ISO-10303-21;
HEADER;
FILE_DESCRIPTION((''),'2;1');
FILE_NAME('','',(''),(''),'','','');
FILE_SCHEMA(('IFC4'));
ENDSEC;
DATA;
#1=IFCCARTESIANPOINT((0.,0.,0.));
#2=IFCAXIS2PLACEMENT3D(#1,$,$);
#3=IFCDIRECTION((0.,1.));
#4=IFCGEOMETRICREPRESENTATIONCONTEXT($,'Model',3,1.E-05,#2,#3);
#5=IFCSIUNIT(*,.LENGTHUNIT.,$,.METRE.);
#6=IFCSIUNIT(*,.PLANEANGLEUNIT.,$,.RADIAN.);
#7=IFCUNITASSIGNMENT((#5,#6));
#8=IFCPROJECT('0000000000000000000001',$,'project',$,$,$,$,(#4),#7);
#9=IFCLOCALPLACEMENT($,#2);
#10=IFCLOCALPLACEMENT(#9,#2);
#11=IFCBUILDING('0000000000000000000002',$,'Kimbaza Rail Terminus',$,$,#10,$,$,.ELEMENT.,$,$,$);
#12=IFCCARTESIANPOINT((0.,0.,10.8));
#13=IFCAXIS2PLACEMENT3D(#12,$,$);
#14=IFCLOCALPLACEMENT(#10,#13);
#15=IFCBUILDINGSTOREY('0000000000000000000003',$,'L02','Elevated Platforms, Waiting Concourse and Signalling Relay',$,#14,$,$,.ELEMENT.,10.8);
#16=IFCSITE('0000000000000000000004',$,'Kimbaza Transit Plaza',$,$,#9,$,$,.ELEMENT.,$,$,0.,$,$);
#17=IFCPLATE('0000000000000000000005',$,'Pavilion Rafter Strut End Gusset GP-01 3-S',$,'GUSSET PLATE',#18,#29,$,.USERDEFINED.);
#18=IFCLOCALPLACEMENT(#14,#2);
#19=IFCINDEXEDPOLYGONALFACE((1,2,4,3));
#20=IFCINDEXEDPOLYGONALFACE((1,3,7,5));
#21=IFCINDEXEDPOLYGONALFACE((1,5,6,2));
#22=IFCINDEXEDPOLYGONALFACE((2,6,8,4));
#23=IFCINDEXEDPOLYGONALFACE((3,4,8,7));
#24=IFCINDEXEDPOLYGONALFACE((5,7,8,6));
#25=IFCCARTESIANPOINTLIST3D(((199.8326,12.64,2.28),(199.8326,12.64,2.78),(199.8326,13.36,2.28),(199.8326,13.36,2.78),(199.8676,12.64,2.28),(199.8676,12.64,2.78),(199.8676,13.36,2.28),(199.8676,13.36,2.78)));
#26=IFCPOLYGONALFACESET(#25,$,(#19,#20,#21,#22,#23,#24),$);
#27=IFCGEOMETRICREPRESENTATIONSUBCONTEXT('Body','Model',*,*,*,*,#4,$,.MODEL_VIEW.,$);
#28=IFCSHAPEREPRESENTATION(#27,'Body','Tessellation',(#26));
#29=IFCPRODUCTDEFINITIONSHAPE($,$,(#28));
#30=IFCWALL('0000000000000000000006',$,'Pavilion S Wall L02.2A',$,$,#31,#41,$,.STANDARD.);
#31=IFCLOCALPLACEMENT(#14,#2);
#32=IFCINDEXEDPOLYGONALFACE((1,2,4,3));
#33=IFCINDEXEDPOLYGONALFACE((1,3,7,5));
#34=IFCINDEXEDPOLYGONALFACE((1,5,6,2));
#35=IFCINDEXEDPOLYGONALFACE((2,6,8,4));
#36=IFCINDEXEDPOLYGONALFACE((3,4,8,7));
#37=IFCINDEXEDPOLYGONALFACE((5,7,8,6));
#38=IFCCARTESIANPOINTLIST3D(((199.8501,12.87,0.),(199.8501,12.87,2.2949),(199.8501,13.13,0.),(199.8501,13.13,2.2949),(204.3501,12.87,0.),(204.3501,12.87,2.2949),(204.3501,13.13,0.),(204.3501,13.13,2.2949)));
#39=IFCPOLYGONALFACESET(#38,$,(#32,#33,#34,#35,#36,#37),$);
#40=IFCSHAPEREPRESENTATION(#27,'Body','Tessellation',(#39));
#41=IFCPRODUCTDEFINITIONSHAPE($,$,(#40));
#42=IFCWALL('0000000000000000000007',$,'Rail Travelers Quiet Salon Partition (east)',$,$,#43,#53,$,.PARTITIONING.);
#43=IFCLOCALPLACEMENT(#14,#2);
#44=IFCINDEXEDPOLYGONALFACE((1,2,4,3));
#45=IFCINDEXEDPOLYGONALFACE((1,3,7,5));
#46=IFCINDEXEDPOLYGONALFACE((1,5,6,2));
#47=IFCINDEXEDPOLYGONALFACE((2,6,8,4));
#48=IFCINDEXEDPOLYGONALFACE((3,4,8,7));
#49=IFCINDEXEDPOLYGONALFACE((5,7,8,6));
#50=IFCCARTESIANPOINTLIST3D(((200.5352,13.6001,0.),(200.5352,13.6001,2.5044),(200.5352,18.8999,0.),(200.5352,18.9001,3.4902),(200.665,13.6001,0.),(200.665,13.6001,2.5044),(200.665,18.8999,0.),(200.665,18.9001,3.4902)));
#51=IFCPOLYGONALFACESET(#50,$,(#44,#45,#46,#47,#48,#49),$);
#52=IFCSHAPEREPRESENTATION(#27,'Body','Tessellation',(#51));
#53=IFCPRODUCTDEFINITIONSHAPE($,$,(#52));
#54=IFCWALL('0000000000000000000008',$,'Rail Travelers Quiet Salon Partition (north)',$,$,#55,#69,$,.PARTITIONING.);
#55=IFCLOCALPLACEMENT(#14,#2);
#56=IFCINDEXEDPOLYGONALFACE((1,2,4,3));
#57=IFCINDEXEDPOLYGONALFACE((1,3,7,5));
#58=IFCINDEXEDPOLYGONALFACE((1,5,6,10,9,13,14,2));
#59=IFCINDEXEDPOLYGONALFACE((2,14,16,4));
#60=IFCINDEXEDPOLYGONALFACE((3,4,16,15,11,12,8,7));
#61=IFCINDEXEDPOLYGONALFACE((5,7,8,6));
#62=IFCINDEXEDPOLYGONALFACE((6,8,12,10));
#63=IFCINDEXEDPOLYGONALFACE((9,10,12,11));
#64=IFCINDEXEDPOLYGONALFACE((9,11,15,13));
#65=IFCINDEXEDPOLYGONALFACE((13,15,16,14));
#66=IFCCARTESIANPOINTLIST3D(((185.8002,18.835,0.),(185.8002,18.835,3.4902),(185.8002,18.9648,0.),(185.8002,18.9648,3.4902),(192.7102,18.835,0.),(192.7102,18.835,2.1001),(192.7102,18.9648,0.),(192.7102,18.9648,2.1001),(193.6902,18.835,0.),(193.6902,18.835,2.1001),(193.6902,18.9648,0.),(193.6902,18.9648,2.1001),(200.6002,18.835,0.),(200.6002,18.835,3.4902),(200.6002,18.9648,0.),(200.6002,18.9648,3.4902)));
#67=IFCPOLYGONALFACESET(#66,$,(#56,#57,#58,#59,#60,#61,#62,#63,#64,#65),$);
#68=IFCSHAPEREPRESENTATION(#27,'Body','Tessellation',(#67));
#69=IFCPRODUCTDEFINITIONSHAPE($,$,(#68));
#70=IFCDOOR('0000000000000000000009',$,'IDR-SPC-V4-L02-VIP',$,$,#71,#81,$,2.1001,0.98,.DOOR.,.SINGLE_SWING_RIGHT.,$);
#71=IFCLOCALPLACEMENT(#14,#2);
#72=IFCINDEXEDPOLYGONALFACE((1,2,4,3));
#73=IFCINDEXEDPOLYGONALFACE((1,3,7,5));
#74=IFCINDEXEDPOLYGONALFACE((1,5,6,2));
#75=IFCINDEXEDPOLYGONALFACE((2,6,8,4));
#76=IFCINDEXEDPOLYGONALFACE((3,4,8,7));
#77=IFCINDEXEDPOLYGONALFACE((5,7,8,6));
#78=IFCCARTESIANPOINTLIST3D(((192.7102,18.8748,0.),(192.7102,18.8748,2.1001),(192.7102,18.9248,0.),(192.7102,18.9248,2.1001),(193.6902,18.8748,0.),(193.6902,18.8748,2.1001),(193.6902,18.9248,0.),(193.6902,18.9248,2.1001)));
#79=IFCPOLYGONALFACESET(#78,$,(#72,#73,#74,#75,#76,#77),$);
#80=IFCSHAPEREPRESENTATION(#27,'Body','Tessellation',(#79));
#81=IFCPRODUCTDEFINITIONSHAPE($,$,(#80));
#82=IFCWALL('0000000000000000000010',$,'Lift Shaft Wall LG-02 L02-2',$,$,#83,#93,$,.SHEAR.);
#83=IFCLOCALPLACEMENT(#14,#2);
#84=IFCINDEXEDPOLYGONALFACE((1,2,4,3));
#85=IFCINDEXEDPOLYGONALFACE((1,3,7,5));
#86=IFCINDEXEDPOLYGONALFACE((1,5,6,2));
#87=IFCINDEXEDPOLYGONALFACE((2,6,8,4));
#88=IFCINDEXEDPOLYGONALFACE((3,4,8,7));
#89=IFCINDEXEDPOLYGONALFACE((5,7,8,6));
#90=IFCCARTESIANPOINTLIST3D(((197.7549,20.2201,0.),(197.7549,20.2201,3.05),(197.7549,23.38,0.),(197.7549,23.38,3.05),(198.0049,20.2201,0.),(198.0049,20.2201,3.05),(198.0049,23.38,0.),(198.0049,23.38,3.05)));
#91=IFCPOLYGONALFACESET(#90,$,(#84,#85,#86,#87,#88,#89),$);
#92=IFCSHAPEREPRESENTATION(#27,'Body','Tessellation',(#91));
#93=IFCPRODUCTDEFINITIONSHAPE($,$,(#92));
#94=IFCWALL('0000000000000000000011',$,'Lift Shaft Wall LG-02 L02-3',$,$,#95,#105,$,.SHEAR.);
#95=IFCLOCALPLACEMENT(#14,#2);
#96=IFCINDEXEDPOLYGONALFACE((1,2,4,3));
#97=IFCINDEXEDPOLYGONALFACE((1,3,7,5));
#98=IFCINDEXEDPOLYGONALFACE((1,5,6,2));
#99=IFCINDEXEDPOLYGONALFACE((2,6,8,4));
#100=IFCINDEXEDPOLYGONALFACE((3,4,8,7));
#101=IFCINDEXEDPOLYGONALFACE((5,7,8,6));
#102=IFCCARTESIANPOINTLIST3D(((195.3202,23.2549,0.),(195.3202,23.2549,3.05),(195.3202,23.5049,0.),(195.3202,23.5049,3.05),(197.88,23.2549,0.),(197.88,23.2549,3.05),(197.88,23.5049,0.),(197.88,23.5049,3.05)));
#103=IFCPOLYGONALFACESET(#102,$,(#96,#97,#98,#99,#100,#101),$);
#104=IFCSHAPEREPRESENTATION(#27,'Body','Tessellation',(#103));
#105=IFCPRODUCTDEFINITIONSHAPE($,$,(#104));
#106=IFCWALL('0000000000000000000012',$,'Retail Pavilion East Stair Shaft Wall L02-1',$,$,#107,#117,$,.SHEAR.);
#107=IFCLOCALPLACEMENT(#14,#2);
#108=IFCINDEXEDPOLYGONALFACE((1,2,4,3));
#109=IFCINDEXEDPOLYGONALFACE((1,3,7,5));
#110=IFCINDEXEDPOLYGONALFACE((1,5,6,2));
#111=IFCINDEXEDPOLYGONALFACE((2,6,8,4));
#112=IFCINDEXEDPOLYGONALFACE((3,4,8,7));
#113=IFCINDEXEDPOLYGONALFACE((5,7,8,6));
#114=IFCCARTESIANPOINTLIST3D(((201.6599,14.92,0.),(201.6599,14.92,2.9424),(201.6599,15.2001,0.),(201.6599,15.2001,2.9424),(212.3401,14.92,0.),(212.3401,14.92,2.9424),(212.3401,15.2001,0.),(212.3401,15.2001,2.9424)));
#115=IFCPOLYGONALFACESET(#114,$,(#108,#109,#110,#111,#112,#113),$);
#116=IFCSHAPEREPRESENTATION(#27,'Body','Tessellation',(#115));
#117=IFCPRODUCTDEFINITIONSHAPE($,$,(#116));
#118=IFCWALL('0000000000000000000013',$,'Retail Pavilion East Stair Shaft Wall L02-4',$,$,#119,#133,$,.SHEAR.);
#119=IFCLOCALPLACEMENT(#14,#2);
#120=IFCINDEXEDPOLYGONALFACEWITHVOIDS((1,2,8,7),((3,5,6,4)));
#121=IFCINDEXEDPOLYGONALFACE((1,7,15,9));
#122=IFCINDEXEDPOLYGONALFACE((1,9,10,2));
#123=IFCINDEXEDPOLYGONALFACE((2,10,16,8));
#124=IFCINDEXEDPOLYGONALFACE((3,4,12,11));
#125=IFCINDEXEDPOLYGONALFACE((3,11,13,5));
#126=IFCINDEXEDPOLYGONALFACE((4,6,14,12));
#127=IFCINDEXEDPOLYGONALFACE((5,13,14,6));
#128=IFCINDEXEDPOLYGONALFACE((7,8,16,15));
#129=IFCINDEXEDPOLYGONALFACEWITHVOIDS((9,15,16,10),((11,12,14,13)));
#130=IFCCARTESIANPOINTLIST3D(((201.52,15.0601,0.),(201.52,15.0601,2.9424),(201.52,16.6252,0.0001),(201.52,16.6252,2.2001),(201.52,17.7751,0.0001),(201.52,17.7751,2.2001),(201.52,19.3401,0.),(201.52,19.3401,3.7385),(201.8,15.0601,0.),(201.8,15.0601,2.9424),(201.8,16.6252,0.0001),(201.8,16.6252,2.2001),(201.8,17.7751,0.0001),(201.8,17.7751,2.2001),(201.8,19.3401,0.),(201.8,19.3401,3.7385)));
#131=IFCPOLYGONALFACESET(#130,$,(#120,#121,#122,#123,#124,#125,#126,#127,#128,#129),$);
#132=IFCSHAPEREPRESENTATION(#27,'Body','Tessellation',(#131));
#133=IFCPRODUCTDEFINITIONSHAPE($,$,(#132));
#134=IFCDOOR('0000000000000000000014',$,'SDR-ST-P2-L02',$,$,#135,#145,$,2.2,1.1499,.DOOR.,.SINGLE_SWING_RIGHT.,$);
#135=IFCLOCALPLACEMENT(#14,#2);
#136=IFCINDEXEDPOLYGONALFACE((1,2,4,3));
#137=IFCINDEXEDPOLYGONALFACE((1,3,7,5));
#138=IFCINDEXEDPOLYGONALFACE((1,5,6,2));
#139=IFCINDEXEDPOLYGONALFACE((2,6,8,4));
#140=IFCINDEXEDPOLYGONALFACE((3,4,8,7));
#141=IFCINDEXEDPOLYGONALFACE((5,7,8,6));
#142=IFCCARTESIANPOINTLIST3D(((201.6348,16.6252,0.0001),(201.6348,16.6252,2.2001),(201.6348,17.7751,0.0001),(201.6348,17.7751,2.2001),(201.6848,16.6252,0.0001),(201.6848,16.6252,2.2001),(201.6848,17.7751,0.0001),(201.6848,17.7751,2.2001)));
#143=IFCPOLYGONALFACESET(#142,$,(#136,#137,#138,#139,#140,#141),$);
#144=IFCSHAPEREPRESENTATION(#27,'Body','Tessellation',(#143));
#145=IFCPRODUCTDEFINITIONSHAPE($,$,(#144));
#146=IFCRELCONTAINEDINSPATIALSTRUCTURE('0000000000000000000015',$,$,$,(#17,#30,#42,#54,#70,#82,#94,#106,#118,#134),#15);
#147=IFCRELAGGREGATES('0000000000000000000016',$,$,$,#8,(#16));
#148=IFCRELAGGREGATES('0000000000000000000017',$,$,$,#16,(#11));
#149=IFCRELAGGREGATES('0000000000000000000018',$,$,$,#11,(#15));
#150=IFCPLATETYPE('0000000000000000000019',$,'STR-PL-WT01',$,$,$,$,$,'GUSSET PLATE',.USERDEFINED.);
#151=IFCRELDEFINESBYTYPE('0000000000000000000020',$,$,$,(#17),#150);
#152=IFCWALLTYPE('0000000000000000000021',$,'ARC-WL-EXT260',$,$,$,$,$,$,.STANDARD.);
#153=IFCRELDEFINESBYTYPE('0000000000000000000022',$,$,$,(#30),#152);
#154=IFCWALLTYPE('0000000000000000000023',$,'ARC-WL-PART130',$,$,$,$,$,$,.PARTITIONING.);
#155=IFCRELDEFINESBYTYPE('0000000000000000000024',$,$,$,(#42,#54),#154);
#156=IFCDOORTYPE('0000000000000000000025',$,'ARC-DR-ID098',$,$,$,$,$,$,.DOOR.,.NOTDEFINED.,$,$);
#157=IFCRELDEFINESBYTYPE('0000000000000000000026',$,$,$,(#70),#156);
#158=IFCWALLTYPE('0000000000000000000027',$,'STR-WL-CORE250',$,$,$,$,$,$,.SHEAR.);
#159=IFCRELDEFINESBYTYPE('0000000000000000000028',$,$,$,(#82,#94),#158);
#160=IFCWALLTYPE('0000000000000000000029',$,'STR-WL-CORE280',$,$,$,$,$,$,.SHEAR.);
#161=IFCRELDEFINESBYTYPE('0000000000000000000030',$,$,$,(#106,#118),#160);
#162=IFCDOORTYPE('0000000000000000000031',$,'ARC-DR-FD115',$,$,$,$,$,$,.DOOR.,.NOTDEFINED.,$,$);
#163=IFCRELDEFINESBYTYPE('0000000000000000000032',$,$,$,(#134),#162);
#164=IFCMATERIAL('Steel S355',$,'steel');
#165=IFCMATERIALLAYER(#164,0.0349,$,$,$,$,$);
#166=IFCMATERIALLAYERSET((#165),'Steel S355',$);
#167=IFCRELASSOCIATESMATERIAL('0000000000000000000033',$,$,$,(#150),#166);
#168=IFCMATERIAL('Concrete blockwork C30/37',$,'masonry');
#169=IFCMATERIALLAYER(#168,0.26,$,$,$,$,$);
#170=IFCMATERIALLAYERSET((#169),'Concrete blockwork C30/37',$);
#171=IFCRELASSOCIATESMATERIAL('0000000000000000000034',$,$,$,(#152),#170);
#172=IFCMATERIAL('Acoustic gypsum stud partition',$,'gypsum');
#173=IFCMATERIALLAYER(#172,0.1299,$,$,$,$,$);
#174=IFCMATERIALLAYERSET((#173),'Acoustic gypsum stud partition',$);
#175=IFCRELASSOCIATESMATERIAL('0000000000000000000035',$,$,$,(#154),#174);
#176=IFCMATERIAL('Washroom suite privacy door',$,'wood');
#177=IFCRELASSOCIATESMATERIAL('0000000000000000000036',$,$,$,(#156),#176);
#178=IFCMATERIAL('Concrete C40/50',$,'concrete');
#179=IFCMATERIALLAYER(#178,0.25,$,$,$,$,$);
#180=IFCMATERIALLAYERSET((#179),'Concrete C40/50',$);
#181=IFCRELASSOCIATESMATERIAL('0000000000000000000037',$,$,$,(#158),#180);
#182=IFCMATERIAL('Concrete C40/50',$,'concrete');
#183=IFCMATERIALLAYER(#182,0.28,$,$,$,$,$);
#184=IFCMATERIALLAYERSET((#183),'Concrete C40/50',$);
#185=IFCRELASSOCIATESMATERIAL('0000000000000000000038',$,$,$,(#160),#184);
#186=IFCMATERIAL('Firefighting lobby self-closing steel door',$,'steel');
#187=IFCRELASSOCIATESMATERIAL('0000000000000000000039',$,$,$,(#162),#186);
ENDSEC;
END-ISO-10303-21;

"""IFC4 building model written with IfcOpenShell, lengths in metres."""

from ifc_helpers import new_model, si_unit, direction, frame, frame_2d, origin, origin_2d, place, context, subcontext, project, spatial, polyline, rectangle, outline, extrude, material, layer, layer_set, type_object, element, fill, save


model = new_model("IFC4")

# Units and contexts
model_context = context("Model", 3, precision=1e-05, world=origin(), true_north=direction((0.0, 1.0)))
body_context = subcontext(model_context, "Body", "Model", "MODEL_VIEW")
ifc_project = project(units=[si_unit("LENGTHUNIT", "METRE"), si_unit("PLANEANGLEUNIT", "RADIAN")], contexts=[model_context])

# Site, building, storey
site_placement = place(None, origin())
site = spatial("IfcSite", under=ifc_project, at=site_placement, Name="Kimbaza Transit Plaza", CompositionType="ELEMENT", RefElevation=0.0)
building_placement = place(site_placement, origin())
building = spatial("IfcBuilding", under=site, at=building_placement, Name="Kimbaza Rail Terminus", CompositionType="ELEMENT")
storey_placement = place(building_placement, frame((0.0, 0.0, 10.8)))
storey = spatial("IfcBuildingStorey", under=building, at=storey_placement, Name="L02", Description="Elevated Platforms, Waiting Concourse and Signalling Relay", CompositionType="ELEMENT", Elevation=10.8)

# Plate
ifc_material_1 = material(Name="Steel S355", Category="steel")
ifc_layer_1 = layer(ifc_material_1, 0.0349)
ifc_layer_set_1 = layer_set([ifc_layer_1], Name="Steel S355")
plate_type_1 = type_object("IfcPlateType", Name="STR-PL-WT01", ElementType="GUSSET PLATE", PredefinedType="USERDEFINED", material=ifc_layer_set_1)
plate_1_placement = place(storey_placement, frame((199.8501, 13.0, 2.28), z_axis=(0.0, 0.0, 1.0), x_axis=(1.0, 0.0, 0.0)))
element("IfcPlate", 1, at=plate_1_placement, inside=storey, type_object=plate_type_1, Name="Pavilion Rafter Strut End Gusset GP-01 3-S", ObjectType="GUSSET PLATE", PredefinedType="USERDEFINED", context=body_context, shape_type="SweptSolid", body=[
    extrude(rectangle(XDim=0.0349, YDim=0.72, at=origin_2d()), origin(), (0.0, 0.0, 1.0), 0.5),
])

# Walls
ifc_material_2 = material(Name="Concrete blockwork C30/37", Category="masonry")
ifc_layer_2 = layer(ifc_material_2, 0.26)
ifc_layer_set_2 = layer_set([ifc_layer_2], Name="Concrete blockwork C30/37")
wall_type_1 = type_object("IfcWallType", Name="ARC-WL-EXT260", PredefinedType="STANDARD", material=ifc_layer_set_2)
wall_1_placement = place(storey_placement, frame((199.8501, 13.0, 0.0), z_axis=(0.0, 0.0, 1.0), x_axis=(1.0, 0.0, 0.0)))
element("IfcWall", 2, at=wall_1_placement, inside=storey, type_object=wall_type_1, Name="Pavilion S Wall L02.2A", PredefinedType="STANDARD", context=body_context, shape_type="SweptSolid", body=[
    extrude(rectangle(XDim=4.5, YDim=0.26, at=frame_2d((2.25, 0.0))), origin(), (0.0, 0.0, 1.0), 2.2949),
])
ifc_material_3 = material(Name="Acoustic gypsum stud partition", Category="gypsum")
ifc_layer_3 = layer(ifc_material_3, 0.1299)
ifc_layer_set_3 = layer_set([ifc_layer_3], Name="Acoustic gypsum stud partition")
wall_type_2 = type_object("IfcWallType", Name="ARC-WL-PART130", PredefinedType="PARTITIONING", material=ifc_layer_set_3)
wall_2_placement = place(storey_placement, frame((200.6001, 13.6001, 0.0), z_axis=(0.0, 0.0, 1.0), x_axis=(0.0, 1.0, 0.0)))
element("IfcWall", 3, at=wall_2_placement, inside=storey, type_object=wall_type_2, Name="Rail Travelers Quiet Salon Partition (east)", PredefinedType="PARTITIONING", context=body_context, shape_type="SweptSolid", body=[
    extrude(outline(polyline([(0.0, 0.0), (5.2998, 0.0), (5.3, 3.4902), (0.0, 2.5044), (0.0, 0.0)])), frame((0.0, 0.0649, 0.0), z_axis=(0.0, -1.0, 0.0), x_axis=(1.0, 0.0, 0.0)), (0.0, 0.0, 1.0), 0.1299),
])

# Wall, opening, door
wall_3_placement = place(storey_placement, frame((200.6001, 18.8999, 0.0), z_axis=(0.0, 0.0, 1.0), x_axis=(-1.0, 0.0, 0.0)))
wall_3 = element("IfcWall", 4, at=wall_3_placement, inside=storey, type_object=wall_type_2, Name="Rail Travelers Quiet Salon Partition (north)", PredefinedType="PARTITIONING", context=body_context, shape_type="SweptSolid", body=[
    extrude(rectangle(XDim=14.8, YDim=0.1299, at=frame_2d((7.3999, 0.0))), origin(), (0.0, 0.0, 1.0), 3.4902),
])
opening_1_placement = place(wall_3_placement, frame((7.8899, 0.0, 0.0), z_axis=(0.0, 0.0, 1.0), x_axis=(-1.0, 0.0, 0.0)))
opening_1 = element("IfcOpeningElement", 5, at=opening_1_placement, cuts=wall_3, PredefinedType="OPENING", context=body_context, shape_type="SweptSolid", body=[
    extrude(rectangle(XDim=0.98, YDim=2.1001, at=frame_2d((0.49, 1.05))), frame((0.0, 0.075, 0.0), z_axis=(0.0, -1.0, 0.0), x_axis=(1.0, 0.0, 0.0)), (0.0, 0.0, 1.0), 0.1499),
])
ifc_material_4 = material(Name="Washroom suite privacy door", Category="wood")
door_type_1 = type_object("IfcDoorType", Name="ARC-DR-ID098", OperationType="NOTDEFINED", PredefinedType="DOOR", material=ifc_material_4)
door_1_placement = place(opening_1_placement, origin())
door_1 = element("IfcDoor", 6, at=door_1_placement, inside=storey, type_object=door_type_1, Name="IDR-SPC-V4-L02-VIP", OperationType="SINGLE_SWING_RIGHT", OverallHeight=2.1001, OverallWidth=0.98, PredefinedType="DOOR", context=body_context, shape_type="SweptSolid", body=[
    extrude(rectangle(XDim=0.98, YDim=2.1001, at=frame_2d((0.49, 1.05))), frame((0.0, 0.0249, 0.0), z_axis=(0.0, -1.0, 0.0), x_axis=(1.0, 0.0, 0.0)), (0.0, 0.0, 1.0), 0.05),
])
fill(opening_1, door_1)

# Walls
ifc_material_5 = material(Name="Concrete C40/50", Category="concrete")
ifc_layer_4 = layer(ifc_material_5, 0.25)
ifc_layer_set_4 = layer_set([ifc_layer_4], Name="Concrete C40/50")
wall_type_3 = type_object("IfcWallType", Name="STR-WL-CORE250", PredefinedType="SHEAR", material=ifc_layer_set_4)
wall_4_placement = place(storey_placement, frame((197.8799, 20.22, 0.0), z_axis=(0.0, 0.0, 1.0), x_axis=(0.0, 1.0, 0.0)))
element("IfcWall", 7, at=wall_4_placement, inside=storey, type_object=wall_type_3, Name="Lift Shaft Wall LG-02 L02-2", PredefinedType="SHEAR", context=body_context, shape_type="SweptSolid", body=[
    extrude(rectangle(XDim=3.1599, YDim=0.25, at=frame_2d((1.5801, 0.0))), origin(), (0.0, 0.0, 1.0), 3.05),
])
wall_5_placement = place(storey_placement, frame((197.8799, 23.3799, 0.0), z_axis=(0.0, 0.0, 1.0), x_axis=(-1.0, 0.0, 0.0)))
element("IfcWall", 8, at=wall_5_placement, inside=storey, type_object=wall_type_3, Name="Lift Shaft Wall LG-02 L02-3", PredefinedType="SHEAR", context=body_context, shape_type="SweptSolid", body=[
    extrude(rectangle(XDim=2.5598, YDim=0.25, at=frame_2d((1.2798, 0.0))), origin(), (0.0, 0.0, 1.0), 3.05),
])
ifc_material_6 = material(Name="Concrete C40/50", Category="concrete")
ifc_layer_5 = layer(ifc_material_6, 0.28)
ifc_layer_set_5 = layer_set([ifc_layer_5], Name="Concrete C40/50")
wall_type_4 = type_object("IfcWallType", Name="STR-WL-CORE280", PredefinedType="SHEAR", material=ifc_layer_set_5)
wall_6_placement = place(storey_placement, frame((201.6599, 15.0601, 0.0), z_axis=(0.0, 0.0, 1.0), x_axis=(1.0, 0.0, 0.0)))
element("IfcWall", 9, at=wall_6_placement, inside=storey, type_object=wall_type_4, Name="Retail Pavilion East Stair Shaft Wall L02-1", PredefinedType="SHEAR", context=body_context, shape_type="SweptSolid", body=[
    extrude(rectangle(XDim=10.6802, YDim=0.28, at=frame_2d((5.3401, 0.0))), origin(), (0.0, 0.0, 1.0), 2.9424),
])

# Wall, opening, door
wall_7_placement = place(storey_placement, frame((201.6599, 19.3401, 0.0), z_axis=(0.0, 0.0, 1.0), x_axis=(0.0, -1.0, 0.0)))
wall_7 = element("IfcWall", 10, at=wall_7_placement, inside=storey, type_object=wall_type_4, Name="Retail Pavilion East Stair Shaft Wall L02-4", PredefinedType="SHEAR", context=body_context, shape_type="SweptSolid", body=[
    extrude(outline(polyline([(0.0, 0.0), (4.28, 0.0), (4.28, 2.9424), (0.0, 3.7385), (0.0, 0.0)])), frame((0.0, 0.1401, 0.0), z_axis=(0.0, -1.0, 0.0), x_axis=(1.0, 0.0, 0.0)), (0.0, 0.0, 1.0), 0.28),
])
opening_2_placement = place(wall_7_placement, frame((1.5649, 0.0, 0.0)))
opening_2 = element("IfcOpeningElement", 11, at=opening_2_placement, cuts=wall_7, PredefinedType="OPENING", context=body_context, shape_type="SweptSolid", body=[
    extrude(rectangle(XDim=1.1499, YDim=2.2, at=frame_2d((0.575, 1.1001))), frame((0.0, 0.1499, 0.0), z_axis=(0.0, -1.0, 0.0), x_axis=(1.0, 0.0, 0.0)), (0.0, 0.0, 1.0), 0.3),
])
ifc_material_7 = material(Name="Firefighting lobby self-closing steel door", Category="steel")
door_type_2 = type_object("IfcDoorType", Name="ARC-DR-FD115", OperationType="NOTDEFINED", PredefinedType="DOOR", material=ifc_material_7)
door_2_placement = place(opening_2_placement, origin())
door_2 = element("IfcDoor", 12, at=door_2_placement, inside=storey, type_object=door_type_2, Name="SDR-ST-P2-L02", OperationType="SINGLE_SWING_RIGHT", OverallHeight=2.2, OverallWidth=1.1499, PredefinedType="DOOR", context=body_context, shape_type="SweptSolid", body=[
    extrude(rectangle(XDim=1.1499, YDim=2.2, at=frame_2d((0.575, 1.1001))), frame((0.0, 0.0249, 0.0), z_axis=(0.0, -1.0, 0.0), x_axis=(1.0, 0.0, 0.0)), (0.0, 0.0, 1.0), 0.05),
])
fill(opening_2, door_2)

save(model, "model.ifc")
